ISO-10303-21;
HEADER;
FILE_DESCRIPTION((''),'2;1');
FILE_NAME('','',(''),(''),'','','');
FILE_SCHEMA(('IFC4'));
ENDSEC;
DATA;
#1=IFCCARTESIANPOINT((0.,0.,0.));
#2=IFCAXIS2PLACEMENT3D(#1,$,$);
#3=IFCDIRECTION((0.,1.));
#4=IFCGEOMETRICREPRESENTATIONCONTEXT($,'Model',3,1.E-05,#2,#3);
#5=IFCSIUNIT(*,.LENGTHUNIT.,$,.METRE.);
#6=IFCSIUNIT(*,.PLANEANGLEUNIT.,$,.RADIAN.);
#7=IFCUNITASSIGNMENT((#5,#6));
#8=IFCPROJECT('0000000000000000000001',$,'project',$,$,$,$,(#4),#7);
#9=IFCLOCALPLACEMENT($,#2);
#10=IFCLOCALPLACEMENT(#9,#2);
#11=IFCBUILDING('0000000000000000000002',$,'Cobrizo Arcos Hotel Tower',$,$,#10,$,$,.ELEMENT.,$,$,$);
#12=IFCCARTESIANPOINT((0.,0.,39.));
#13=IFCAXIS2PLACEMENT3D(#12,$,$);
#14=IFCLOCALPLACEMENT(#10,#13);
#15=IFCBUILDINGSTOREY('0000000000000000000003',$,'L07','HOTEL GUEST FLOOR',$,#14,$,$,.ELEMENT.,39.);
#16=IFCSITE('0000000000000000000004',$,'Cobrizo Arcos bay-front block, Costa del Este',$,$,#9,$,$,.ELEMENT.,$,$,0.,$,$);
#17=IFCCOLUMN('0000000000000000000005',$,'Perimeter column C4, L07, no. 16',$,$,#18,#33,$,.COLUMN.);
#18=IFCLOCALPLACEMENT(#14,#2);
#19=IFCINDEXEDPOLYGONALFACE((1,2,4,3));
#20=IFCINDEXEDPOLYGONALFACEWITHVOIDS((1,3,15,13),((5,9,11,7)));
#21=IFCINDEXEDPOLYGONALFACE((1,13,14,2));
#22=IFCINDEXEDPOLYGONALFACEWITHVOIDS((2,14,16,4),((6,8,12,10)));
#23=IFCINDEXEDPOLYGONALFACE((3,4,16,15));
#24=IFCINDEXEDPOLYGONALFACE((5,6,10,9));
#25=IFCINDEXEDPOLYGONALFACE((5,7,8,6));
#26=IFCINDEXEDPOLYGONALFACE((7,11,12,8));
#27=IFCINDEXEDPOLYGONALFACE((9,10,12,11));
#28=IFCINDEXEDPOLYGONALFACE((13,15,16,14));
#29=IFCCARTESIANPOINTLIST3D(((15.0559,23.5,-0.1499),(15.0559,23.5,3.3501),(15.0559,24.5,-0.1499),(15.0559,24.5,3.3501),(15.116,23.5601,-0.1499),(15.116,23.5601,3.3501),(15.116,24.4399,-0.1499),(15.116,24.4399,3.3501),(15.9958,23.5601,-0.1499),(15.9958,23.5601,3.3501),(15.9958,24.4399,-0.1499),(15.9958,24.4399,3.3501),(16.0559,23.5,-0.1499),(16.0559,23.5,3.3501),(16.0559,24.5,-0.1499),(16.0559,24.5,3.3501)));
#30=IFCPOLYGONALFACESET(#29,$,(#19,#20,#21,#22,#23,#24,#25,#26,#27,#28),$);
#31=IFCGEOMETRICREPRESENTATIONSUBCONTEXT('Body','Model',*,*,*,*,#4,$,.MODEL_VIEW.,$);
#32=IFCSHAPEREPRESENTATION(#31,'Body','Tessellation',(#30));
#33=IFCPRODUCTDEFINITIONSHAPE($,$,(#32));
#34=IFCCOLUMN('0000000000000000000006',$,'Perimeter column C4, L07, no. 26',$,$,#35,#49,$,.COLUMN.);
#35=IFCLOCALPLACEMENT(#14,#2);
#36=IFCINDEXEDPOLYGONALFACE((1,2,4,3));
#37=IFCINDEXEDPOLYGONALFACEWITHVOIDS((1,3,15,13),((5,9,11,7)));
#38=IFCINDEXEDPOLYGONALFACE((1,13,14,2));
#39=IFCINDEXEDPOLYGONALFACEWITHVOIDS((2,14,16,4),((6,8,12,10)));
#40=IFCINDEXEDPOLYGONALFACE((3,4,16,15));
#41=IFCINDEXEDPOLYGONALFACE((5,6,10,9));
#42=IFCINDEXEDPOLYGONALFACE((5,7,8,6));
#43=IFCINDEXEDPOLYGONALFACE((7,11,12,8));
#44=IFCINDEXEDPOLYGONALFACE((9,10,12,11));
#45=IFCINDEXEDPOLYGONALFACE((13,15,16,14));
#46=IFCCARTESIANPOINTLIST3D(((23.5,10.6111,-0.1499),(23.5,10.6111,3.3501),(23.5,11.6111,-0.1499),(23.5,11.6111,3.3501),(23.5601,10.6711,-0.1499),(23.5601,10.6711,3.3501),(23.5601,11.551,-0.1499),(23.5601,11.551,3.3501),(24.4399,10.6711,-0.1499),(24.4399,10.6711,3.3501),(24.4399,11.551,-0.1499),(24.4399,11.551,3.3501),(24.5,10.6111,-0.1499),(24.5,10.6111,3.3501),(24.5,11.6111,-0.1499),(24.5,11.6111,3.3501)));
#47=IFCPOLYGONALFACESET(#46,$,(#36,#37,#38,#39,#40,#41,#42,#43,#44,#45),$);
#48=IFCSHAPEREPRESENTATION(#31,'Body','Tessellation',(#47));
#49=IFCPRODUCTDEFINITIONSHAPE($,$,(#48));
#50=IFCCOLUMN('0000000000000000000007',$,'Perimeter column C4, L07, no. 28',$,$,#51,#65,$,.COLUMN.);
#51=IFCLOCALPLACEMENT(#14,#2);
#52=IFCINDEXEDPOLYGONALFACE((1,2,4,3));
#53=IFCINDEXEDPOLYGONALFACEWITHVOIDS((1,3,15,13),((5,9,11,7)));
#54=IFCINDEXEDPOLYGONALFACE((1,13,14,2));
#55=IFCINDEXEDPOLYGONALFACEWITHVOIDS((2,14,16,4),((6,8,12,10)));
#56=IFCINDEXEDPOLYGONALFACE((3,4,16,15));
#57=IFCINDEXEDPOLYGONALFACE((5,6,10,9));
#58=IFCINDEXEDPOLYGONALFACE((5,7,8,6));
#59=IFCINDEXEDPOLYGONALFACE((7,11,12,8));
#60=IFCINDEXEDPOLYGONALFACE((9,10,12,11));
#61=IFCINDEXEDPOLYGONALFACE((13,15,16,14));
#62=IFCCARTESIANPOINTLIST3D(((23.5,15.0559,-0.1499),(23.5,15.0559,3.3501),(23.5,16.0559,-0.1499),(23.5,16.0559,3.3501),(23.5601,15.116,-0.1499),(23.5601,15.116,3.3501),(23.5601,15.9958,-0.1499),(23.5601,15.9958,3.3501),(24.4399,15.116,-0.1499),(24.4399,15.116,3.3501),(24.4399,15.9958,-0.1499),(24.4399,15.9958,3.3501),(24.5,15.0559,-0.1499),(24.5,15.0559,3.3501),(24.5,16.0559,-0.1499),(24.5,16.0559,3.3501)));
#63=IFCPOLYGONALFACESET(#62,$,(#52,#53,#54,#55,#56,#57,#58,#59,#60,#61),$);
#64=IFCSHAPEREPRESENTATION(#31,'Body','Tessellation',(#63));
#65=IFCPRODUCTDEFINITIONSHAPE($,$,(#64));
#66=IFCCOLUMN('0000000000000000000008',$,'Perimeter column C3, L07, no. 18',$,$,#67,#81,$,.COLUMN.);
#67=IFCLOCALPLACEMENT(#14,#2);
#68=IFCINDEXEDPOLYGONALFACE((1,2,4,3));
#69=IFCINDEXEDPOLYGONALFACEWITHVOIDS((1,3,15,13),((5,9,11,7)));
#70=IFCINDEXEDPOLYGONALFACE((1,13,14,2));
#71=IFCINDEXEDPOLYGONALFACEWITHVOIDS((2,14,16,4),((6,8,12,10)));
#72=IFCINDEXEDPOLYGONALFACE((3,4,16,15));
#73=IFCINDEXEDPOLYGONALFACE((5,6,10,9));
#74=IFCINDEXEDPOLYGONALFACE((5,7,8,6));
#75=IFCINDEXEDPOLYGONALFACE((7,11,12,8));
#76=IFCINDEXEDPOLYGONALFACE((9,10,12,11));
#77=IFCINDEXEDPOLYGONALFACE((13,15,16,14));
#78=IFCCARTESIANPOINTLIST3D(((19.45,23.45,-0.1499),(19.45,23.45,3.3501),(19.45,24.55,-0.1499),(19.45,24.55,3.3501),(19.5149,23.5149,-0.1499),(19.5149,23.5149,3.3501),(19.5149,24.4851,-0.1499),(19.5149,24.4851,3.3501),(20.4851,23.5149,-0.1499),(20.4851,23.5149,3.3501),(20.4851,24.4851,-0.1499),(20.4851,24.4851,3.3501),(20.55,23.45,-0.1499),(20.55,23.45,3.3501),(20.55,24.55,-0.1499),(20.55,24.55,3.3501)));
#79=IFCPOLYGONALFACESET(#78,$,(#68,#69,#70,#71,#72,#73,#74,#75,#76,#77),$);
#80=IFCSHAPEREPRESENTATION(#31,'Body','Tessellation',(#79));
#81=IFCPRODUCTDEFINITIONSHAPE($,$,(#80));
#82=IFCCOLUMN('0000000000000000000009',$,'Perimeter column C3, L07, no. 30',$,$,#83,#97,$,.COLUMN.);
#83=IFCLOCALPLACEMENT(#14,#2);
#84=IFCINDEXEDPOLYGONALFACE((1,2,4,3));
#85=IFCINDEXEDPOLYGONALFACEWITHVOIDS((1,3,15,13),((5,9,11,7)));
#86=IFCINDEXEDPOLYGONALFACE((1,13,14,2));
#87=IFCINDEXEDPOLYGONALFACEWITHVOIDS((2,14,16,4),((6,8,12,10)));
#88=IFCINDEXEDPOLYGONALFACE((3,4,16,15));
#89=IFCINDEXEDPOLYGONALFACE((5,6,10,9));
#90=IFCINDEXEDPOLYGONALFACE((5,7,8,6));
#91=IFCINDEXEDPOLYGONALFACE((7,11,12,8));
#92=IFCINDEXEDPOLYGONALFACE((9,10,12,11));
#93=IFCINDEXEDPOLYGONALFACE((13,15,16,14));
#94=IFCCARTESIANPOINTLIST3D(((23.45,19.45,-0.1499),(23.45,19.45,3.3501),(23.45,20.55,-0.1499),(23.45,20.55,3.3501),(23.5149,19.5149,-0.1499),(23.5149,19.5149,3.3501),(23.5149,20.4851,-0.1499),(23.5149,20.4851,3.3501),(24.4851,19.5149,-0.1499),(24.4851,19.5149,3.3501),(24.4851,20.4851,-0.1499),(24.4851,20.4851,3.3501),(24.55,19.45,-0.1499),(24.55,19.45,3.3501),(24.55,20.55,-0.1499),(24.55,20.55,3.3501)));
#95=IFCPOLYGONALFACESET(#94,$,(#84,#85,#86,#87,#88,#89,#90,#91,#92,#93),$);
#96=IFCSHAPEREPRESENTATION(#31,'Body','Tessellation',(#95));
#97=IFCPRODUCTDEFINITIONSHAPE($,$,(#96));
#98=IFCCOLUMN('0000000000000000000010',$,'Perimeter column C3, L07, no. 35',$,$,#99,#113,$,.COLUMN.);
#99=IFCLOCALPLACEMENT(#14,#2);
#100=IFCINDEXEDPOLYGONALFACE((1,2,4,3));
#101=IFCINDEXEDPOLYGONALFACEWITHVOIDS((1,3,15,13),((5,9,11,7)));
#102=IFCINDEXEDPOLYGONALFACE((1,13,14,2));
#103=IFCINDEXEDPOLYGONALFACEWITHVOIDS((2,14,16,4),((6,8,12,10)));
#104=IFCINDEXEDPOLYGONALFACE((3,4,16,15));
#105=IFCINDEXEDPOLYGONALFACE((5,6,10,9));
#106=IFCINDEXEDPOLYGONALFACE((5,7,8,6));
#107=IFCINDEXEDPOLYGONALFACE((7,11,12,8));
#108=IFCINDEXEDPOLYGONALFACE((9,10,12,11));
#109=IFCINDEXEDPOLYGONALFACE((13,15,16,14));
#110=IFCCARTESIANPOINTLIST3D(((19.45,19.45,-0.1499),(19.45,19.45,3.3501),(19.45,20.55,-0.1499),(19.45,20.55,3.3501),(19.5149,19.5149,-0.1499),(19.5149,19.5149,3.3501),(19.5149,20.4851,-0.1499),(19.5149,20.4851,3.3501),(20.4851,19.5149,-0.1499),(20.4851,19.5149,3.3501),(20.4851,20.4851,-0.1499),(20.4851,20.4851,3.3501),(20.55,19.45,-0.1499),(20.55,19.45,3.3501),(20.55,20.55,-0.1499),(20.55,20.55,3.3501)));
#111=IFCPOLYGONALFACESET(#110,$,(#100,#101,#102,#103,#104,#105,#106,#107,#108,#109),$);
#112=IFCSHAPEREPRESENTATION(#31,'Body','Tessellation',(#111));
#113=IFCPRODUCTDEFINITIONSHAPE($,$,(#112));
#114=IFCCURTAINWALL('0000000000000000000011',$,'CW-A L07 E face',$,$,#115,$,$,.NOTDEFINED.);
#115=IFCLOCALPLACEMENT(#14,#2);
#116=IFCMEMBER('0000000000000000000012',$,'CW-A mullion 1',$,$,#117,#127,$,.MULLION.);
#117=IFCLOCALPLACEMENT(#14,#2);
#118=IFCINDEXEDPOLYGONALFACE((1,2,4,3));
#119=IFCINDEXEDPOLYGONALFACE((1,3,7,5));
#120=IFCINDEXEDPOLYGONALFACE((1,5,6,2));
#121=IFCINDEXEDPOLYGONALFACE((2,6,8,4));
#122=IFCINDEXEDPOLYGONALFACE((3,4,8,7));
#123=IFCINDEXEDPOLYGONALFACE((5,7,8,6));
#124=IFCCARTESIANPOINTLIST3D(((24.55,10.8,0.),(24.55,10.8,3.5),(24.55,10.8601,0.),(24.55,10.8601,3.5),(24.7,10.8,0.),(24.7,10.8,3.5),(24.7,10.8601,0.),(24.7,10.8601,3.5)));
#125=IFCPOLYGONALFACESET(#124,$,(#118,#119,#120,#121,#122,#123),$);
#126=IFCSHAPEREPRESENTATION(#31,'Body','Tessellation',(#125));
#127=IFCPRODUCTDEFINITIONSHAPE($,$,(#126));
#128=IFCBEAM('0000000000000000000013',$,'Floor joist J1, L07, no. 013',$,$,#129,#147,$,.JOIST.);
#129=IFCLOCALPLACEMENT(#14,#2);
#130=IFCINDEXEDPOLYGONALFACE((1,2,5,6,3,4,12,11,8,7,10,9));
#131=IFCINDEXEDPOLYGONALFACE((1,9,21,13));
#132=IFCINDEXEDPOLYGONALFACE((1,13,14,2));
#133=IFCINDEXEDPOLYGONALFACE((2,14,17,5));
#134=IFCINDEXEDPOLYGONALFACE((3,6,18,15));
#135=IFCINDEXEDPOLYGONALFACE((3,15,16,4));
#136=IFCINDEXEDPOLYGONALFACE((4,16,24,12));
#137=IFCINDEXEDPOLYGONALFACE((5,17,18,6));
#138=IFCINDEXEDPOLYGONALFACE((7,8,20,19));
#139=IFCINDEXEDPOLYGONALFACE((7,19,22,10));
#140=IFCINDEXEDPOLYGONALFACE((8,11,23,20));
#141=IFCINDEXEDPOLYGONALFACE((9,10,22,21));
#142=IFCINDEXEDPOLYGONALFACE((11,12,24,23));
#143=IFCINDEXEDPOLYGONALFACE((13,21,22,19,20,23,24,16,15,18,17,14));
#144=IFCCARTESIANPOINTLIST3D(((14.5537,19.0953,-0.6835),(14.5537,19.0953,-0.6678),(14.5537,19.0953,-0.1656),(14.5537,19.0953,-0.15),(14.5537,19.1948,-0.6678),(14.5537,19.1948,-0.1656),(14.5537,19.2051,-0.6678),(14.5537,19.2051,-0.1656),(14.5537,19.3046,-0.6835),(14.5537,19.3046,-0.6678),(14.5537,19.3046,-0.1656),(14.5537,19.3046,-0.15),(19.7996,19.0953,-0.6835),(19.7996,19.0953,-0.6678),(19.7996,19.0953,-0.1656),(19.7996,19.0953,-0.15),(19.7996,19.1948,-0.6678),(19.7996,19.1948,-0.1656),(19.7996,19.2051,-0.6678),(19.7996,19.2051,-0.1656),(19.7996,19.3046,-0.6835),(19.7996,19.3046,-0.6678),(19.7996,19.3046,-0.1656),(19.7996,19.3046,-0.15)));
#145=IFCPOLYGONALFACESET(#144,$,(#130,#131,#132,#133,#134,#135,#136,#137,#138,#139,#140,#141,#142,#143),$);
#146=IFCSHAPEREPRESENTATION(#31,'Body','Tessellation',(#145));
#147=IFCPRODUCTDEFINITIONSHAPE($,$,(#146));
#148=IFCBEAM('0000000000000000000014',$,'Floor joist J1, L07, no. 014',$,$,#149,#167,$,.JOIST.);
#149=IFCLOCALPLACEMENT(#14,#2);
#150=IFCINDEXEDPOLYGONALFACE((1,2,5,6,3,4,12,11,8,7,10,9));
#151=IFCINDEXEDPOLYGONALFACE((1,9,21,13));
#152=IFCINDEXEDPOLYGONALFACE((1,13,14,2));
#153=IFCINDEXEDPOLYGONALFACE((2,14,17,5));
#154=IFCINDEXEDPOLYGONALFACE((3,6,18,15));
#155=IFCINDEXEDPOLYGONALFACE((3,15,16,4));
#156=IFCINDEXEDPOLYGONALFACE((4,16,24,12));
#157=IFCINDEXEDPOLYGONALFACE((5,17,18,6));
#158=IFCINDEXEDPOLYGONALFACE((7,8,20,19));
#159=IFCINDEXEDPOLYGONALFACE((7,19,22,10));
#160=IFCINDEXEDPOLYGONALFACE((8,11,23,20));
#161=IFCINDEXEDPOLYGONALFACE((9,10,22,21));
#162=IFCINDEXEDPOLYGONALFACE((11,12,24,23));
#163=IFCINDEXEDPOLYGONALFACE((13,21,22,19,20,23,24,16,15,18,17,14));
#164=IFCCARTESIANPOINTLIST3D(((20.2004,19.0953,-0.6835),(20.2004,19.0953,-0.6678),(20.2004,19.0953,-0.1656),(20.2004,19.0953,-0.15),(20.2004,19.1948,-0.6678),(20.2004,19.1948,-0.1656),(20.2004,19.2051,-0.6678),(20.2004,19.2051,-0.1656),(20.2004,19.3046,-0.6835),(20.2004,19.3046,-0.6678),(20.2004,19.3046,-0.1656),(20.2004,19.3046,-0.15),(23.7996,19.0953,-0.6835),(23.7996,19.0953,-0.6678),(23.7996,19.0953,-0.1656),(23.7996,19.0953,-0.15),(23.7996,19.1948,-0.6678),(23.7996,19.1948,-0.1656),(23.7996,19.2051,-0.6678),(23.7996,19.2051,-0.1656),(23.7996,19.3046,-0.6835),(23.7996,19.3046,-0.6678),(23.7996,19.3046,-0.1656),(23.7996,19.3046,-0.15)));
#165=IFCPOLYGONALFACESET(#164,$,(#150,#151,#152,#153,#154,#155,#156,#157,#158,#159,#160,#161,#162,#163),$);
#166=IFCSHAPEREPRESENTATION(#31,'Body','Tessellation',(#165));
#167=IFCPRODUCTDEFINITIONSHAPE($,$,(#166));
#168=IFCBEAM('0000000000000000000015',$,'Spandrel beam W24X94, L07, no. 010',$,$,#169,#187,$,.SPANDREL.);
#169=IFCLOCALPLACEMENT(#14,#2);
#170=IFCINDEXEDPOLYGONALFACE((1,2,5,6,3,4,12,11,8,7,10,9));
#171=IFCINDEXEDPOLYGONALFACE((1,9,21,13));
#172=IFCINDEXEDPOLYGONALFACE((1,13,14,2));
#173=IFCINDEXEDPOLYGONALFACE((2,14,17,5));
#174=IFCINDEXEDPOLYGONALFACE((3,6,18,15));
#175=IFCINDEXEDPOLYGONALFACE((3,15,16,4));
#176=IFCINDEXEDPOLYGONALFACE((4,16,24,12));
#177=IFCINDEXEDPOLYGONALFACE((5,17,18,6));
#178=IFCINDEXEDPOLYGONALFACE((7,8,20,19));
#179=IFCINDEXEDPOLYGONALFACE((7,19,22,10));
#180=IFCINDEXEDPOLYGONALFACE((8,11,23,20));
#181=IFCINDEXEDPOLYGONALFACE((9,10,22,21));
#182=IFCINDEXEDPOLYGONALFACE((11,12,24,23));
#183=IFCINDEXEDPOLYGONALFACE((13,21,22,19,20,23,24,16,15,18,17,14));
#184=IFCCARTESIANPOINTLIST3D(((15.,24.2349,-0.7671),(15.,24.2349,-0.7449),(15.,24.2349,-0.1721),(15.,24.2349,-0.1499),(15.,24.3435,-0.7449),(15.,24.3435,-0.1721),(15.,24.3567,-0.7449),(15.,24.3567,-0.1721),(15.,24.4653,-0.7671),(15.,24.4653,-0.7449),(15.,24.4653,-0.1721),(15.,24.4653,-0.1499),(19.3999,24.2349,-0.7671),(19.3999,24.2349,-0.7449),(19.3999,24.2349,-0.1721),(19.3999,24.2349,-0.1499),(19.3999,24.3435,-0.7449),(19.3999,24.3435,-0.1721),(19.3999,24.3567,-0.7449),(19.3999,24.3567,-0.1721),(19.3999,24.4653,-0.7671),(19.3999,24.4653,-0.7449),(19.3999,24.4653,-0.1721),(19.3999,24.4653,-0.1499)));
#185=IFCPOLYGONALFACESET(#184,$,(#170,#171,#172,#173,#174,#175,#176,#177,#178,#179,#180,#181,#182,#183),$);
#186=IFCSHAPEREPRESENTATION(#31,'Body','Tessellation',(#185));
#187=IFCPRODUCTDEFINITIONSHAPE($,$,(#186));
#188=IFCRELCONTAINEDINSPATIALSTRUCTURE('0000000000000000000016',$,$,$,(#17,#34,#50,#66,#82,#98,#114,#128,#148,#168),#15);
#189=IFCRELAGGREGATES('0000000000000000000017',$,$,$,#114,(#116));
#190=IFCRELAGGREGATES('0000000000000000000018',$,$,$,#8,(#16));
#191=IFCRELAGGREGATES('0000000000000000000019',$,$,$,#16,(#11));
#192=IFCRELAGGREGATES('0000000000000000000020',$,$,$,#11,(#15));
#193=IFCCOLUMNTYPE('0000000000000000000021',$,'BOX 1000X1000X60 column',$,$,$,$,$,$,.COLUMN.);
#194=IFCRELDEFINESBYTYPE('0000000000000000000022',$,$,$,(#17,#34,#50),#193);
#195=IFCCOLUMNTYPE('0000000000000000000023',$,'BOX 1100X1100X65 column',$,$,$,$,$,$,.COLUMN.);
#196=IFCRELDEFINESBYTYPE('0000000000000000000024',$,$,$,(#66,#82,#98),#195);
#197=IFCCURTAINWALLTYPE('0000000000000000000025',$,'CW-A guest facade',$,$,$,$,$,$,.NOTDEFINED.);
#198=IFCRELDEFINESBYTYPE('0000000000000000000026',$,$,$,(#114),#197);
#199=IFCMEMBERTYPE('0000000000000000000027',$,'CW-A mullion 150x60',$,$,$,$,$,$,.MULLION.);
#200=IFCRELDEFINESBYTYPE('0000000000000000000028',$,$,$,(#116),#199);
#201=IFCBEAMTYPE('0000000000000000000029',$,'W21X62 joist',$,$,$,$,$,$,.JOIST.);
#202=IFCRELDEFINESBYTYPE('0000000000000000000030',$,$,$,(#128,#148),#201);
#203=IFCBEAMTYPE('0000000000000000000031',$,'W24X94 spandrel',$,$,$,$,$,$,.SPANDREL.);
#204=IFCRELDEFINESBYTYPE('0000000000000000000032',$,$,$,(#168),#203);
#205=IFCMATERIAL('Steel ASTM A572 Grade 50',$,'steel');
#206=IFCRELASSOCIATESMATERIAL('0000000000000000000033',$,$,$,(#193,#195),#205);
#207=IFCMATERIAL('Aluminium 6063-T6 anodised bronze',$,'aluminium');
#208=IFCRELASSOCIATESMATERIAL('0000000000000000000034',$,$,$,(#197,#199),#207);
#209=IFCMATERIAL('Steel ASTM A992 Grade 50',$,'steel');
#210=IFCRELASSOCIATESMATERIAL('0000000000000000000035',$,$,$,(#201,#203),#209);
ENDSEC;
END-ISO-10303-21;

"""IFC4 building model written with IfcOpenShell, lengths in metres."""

from ifc_helpers import new_model, si_unit, direction, frame, origin, origin_2d, place, context, subcontext, project, spatial, rectangle, hollow_rectangle, i_section, extrude, material, material_profile, profile_set, type_object, element, aggregate, save


model = new_model("IFC4")

# Units and contexts
model_context = context("Model", 3, precision=1e-05, world=origin(), true_north=direction((0.0, 1.0)))
body_context = subcontext(model_context, "Body", "Model", "MODEL_VIEW")
ifc_project = project(units=[si_unit("LENGTHUNIT", "METRE"), si_unit("PLANEANGLEUNIT", "RADIAN")], contexts=[model_context])

# Site, building, storey
site_placement = place(None, origin())
site = spatial("IfcSite", under=ifc_project, at=site_placement, Name="Cobrizo Arcos bay-front block, Costa del Este", CompositionType="ELEMENT", RefElevation=0.0)
building_placement = place(site_placement, origin())
building = spatial("IfcBuilding", under=site, at=building_placement, Name="Cobrizo Arcos Hotel Tower", CompositionType="ELEMENT")
storey_placement = place(building_placement, frame((0.0, 0.0, 39.0)))
storey = spatial("IfcBuildingStorey", under=building, at=storey_placement, Name="L07", Description="HOTEL GUEST FLOOR", CompositionType="ELEMENT", Elevation=39.0)

# Columns
ifc_material_1 = material(Name="Steel ASTM A572 Grade 50", Category="steel")
ifc_material_profile_1 = material_profile(ifc_material_1, hollow_rectangle(XDim=1.0, YDim=1.0, WallThickness=0.0601, at=origin_2d()), Name="BOX 1000X1000X60")
ifc_profile_set_1 = profile_set([ifc_material_profile_1], Name="Steel ASTM A572 Grade 50")
column_type_1 = type_object("IfcColumnType", Name="BOX 1000X1000X60 column", PredefinedType="COLUMN", material=ifc_profile_set_1)
for number, where, z_axis, x_axis, name in (
    (1, (15.5559, 24.0, -0.1499), (0.0, 0.0, 1.0), (1.0, 0.0, 0.0), "Perimeter column C4, L07, no. 16"),
    (2, (24.0, 11.1111, -0.1499), (0.0, 0.0, 1.0), (1.0, 0.0, 0.0), "Perimeter column C4, L07, no. 26"),
    (3, (24.0, 15.5559, -0.1499), (0.0, 0.0, 1.0), (1.0, 0.0, 0.0), "Perimeter column C4, L07, no. 28"),
):
    element("IfcColumn", number, at=place(storey_placement, frame(where, z_axis=z_axis, x_axis=x_axis)), inside=storey, type_object=column_type_1, Name=name, PredefinedType="COLUMN", context=body_context, shape_type="SweptSolid", body=[
        extrude(hollow_rectangle(XDim=1.0, YDim=1.0, WallThickness=0.0601, at=origin_2d()), origin(), (0.0, 0.0, 1.0), 3.5),
    ])
ifc_material_profile_2 = material_profile(ifc_material_1, hollow_rectangle(XDim=1.1001, YDim=1.1001, WallThickness=0.0649, at=origin_2d()), Name="BOX 1100X1100X65")
ifc_profile_set_2 = profile_set([ifc_material_profile_2], Name="Steel ASTM A572 Grade 50")
column_type_2 = type_object("IfcColumnType", Name="BOX 1100X1100X65 column", PredefinedType="COLUMN", material=ifc_profile_set_2)
for number, where, z_axis, x_axis, name in (
    (4, (20.0, 24.0, -0.1499), (0.0, 0.0, 1.0), (1.0, 0.0, 0.0), "Perimeter column C3, L07, no. 18"),
    (5, (24.0, 20.0, -0.1499), (0.0, 0.0, 1.0), (1.0, 0.0, 0.0), "Perimeter column C3, L07, no. 30"),
    (6, (20.0, 20.0, -0.1499), (0.0, 0.0, 1.0), (1.0, 0.0, 0.0), "Perimeter column C3, L07, no. 35"),
):
    element("IfcColumn", number, at=place(storey_placement, frame(where, z_axis=z_axis, x_axis=x_axis)), inside=storey, type_object=column_type_2, Name=name, PredefinedType="COLUMN", context=body_context, shape_type="SweptSolid", body=[
        extrude(hollow_rectangle(XDim=1.1001, YDim=1.1001, WallThickness=0.0649, at=origin_2d()), origin(), (0.0, 0.0, 1.0), 3.5),
    ])

# Curtain wall, member
ifc_material_2 = material(Name="Aluminium 6063-T6 anodised bronze", Category="aluminium")
curtain_wall_type = type_object("IfcCurtainWallType", Name="CW-A guest facade", PredefinedType="NOTDEFINED", material=ifc_material_2)
curtain_wall_placement = place(storey_placement, origin())
curtain_wall = element("IfcCurtainWall", 7, at=curtain_wall_placement, inside=storey, type_object=curtain_wall_type, Name="CW-A L07 E face", PredefinedType="NOTDEFINED")
ifc_material_profile_3 = material_profile(ifc_material_2, rectangle(XDim=0.1499, YDim=0.0601, at=origin_2d()), Name="CW-A mullion 150x60")
ifc_profile_set_3 = profile_set([ifc_material_profile_3], Name="Aluminium 6063-T6 anodised bronze")
member_type = type_object("IfcMemberType", Name="CW-A mullion 150x60", PredefinedType="MULLION", material=ifc_profile_set_3)
member_placement = place(storey_placement, frame((24.625, 10.8301, 0.0), z_axis=(0.0, 0.0, 1.0), x_axis=(1.0, 0.0, 0.0)))
member = element("IfcMember", 8, at=member_placement, type_object=member_type, Name="CW-A mullion 1", PredefinedType="MULLION", context=body_context, shape_type="SweptSolid", body=[
    extrude(rectangle(XDim=0.1499, YDim=0.0601, at=origin_2d()), origin(), (0.0, 0.0, 1.0), 3.5),
])
aggregate(curtain_wall, [member])

# Beams
ifc_material_3 = material(Name="Steel ASTM A992 Grade 50", Category="steel")
ifc_material_profile_4 = material_profile(ifc_material_3, i_section(OverallWidth=0.2092, OverallDepth=0.5334, WebThickness=0.0103, FlangeThickness=0.0156, at=origin_2d()), Name="W21X62")
ifc_profile_set_4 = profile_set([ifc_material_profile_4], Name="Steel ASTM A992 Grade 50")
beam_type_1 = type_object("IfcBeamType", Name="W21X62 joist", PredefinedType="JOIST", material=ifc_profile_set_4)
beam_1_placement = place(storey_placement, frame((14.5537, 19.2, -0.4167), z_axis=(1.0, 0.0, 0.0), x_axis=(0.0, 1.0, 0.0)))
element("IfcBeam", 9, at=beam_1_placement, inside=storey, type_object=beam_type_1, Name="Floor joist J1, L07, no. 013", PredefinedType="JOIST", context=body_context, shape_type="SweptSolid", body=[
    extrude(i_section(OverallWidth=0.2092, OverallDepth=0.5334, WebThickness=0.0103, FlangeThickness=0.0156, at=origin_2d()), origin(), (0.0, 0.0, 1.0), 5.2458),
])
beam_2_placement = place(storey_placement, frame((20.2004, 19.2, -0.4167), z_axis=(1.0, 0.0, 0.0), x_axis=(0.0, 1.0, 0.0)))
element("IfcBeam", 10, at=beam_2_placement, inside=storey, type_object=beam_type_1, Name="Floor joist J1, L07, no. 014", PredefinedType="JOIST", context=body_context, shape_type="SweptSolid", body=[
    extrude(i_section(OverallWidth=0.2092, OverallDepth=0.5334, WebThickness=0.0103, FlangeThickness=0.0156, at=origin_2d()), origin(), (0.0, 0.0, 1.0), 3.5991),
])
ifc_material_profile_5 = material_profile(ifc_material_3, i_section(OverallWidth=0.2305, OverallDepth=0.6172, WebThickness=0.0132, FlangeThickness=0.0222, at=origin_2d()), Name="W24X94")
ifc_profile_set_5 = profile_set([ifc_material_profile_5], Name="Steel ASTM A992 Grade 50")
beam_type_2 = type_object("IfcBeamType", Name="W24X94 spandrel", PredefinedType="SPANDREL", material=ifc_profile_set_5)
beam_3_placement = place(storey_placement, frame((15.0, 24.3501, -0.4585), z_axis=(1.0, 0.0, 0.0), x_axis=(0.0, 1.0, 0.0)))
element("IfcBeam", 11, at=beam_3_placement, inside=storey, type_object=beam_type_2, Name="Spandrel beam W24X94, L07, no. 010", PredefinedType="SPANDREL", context=body_context, shape_type="SweptSolid", body=[
    extrude(i_section(OverallWidth=0.2305, OverallDepth=0.6172, WebThickness=0.0132, FlangeThickness=0.0222, at=origin_2d()), origin(), (0.0, 0.0, 1.0), 4.3999),
])

save(model, "model.ifc")
